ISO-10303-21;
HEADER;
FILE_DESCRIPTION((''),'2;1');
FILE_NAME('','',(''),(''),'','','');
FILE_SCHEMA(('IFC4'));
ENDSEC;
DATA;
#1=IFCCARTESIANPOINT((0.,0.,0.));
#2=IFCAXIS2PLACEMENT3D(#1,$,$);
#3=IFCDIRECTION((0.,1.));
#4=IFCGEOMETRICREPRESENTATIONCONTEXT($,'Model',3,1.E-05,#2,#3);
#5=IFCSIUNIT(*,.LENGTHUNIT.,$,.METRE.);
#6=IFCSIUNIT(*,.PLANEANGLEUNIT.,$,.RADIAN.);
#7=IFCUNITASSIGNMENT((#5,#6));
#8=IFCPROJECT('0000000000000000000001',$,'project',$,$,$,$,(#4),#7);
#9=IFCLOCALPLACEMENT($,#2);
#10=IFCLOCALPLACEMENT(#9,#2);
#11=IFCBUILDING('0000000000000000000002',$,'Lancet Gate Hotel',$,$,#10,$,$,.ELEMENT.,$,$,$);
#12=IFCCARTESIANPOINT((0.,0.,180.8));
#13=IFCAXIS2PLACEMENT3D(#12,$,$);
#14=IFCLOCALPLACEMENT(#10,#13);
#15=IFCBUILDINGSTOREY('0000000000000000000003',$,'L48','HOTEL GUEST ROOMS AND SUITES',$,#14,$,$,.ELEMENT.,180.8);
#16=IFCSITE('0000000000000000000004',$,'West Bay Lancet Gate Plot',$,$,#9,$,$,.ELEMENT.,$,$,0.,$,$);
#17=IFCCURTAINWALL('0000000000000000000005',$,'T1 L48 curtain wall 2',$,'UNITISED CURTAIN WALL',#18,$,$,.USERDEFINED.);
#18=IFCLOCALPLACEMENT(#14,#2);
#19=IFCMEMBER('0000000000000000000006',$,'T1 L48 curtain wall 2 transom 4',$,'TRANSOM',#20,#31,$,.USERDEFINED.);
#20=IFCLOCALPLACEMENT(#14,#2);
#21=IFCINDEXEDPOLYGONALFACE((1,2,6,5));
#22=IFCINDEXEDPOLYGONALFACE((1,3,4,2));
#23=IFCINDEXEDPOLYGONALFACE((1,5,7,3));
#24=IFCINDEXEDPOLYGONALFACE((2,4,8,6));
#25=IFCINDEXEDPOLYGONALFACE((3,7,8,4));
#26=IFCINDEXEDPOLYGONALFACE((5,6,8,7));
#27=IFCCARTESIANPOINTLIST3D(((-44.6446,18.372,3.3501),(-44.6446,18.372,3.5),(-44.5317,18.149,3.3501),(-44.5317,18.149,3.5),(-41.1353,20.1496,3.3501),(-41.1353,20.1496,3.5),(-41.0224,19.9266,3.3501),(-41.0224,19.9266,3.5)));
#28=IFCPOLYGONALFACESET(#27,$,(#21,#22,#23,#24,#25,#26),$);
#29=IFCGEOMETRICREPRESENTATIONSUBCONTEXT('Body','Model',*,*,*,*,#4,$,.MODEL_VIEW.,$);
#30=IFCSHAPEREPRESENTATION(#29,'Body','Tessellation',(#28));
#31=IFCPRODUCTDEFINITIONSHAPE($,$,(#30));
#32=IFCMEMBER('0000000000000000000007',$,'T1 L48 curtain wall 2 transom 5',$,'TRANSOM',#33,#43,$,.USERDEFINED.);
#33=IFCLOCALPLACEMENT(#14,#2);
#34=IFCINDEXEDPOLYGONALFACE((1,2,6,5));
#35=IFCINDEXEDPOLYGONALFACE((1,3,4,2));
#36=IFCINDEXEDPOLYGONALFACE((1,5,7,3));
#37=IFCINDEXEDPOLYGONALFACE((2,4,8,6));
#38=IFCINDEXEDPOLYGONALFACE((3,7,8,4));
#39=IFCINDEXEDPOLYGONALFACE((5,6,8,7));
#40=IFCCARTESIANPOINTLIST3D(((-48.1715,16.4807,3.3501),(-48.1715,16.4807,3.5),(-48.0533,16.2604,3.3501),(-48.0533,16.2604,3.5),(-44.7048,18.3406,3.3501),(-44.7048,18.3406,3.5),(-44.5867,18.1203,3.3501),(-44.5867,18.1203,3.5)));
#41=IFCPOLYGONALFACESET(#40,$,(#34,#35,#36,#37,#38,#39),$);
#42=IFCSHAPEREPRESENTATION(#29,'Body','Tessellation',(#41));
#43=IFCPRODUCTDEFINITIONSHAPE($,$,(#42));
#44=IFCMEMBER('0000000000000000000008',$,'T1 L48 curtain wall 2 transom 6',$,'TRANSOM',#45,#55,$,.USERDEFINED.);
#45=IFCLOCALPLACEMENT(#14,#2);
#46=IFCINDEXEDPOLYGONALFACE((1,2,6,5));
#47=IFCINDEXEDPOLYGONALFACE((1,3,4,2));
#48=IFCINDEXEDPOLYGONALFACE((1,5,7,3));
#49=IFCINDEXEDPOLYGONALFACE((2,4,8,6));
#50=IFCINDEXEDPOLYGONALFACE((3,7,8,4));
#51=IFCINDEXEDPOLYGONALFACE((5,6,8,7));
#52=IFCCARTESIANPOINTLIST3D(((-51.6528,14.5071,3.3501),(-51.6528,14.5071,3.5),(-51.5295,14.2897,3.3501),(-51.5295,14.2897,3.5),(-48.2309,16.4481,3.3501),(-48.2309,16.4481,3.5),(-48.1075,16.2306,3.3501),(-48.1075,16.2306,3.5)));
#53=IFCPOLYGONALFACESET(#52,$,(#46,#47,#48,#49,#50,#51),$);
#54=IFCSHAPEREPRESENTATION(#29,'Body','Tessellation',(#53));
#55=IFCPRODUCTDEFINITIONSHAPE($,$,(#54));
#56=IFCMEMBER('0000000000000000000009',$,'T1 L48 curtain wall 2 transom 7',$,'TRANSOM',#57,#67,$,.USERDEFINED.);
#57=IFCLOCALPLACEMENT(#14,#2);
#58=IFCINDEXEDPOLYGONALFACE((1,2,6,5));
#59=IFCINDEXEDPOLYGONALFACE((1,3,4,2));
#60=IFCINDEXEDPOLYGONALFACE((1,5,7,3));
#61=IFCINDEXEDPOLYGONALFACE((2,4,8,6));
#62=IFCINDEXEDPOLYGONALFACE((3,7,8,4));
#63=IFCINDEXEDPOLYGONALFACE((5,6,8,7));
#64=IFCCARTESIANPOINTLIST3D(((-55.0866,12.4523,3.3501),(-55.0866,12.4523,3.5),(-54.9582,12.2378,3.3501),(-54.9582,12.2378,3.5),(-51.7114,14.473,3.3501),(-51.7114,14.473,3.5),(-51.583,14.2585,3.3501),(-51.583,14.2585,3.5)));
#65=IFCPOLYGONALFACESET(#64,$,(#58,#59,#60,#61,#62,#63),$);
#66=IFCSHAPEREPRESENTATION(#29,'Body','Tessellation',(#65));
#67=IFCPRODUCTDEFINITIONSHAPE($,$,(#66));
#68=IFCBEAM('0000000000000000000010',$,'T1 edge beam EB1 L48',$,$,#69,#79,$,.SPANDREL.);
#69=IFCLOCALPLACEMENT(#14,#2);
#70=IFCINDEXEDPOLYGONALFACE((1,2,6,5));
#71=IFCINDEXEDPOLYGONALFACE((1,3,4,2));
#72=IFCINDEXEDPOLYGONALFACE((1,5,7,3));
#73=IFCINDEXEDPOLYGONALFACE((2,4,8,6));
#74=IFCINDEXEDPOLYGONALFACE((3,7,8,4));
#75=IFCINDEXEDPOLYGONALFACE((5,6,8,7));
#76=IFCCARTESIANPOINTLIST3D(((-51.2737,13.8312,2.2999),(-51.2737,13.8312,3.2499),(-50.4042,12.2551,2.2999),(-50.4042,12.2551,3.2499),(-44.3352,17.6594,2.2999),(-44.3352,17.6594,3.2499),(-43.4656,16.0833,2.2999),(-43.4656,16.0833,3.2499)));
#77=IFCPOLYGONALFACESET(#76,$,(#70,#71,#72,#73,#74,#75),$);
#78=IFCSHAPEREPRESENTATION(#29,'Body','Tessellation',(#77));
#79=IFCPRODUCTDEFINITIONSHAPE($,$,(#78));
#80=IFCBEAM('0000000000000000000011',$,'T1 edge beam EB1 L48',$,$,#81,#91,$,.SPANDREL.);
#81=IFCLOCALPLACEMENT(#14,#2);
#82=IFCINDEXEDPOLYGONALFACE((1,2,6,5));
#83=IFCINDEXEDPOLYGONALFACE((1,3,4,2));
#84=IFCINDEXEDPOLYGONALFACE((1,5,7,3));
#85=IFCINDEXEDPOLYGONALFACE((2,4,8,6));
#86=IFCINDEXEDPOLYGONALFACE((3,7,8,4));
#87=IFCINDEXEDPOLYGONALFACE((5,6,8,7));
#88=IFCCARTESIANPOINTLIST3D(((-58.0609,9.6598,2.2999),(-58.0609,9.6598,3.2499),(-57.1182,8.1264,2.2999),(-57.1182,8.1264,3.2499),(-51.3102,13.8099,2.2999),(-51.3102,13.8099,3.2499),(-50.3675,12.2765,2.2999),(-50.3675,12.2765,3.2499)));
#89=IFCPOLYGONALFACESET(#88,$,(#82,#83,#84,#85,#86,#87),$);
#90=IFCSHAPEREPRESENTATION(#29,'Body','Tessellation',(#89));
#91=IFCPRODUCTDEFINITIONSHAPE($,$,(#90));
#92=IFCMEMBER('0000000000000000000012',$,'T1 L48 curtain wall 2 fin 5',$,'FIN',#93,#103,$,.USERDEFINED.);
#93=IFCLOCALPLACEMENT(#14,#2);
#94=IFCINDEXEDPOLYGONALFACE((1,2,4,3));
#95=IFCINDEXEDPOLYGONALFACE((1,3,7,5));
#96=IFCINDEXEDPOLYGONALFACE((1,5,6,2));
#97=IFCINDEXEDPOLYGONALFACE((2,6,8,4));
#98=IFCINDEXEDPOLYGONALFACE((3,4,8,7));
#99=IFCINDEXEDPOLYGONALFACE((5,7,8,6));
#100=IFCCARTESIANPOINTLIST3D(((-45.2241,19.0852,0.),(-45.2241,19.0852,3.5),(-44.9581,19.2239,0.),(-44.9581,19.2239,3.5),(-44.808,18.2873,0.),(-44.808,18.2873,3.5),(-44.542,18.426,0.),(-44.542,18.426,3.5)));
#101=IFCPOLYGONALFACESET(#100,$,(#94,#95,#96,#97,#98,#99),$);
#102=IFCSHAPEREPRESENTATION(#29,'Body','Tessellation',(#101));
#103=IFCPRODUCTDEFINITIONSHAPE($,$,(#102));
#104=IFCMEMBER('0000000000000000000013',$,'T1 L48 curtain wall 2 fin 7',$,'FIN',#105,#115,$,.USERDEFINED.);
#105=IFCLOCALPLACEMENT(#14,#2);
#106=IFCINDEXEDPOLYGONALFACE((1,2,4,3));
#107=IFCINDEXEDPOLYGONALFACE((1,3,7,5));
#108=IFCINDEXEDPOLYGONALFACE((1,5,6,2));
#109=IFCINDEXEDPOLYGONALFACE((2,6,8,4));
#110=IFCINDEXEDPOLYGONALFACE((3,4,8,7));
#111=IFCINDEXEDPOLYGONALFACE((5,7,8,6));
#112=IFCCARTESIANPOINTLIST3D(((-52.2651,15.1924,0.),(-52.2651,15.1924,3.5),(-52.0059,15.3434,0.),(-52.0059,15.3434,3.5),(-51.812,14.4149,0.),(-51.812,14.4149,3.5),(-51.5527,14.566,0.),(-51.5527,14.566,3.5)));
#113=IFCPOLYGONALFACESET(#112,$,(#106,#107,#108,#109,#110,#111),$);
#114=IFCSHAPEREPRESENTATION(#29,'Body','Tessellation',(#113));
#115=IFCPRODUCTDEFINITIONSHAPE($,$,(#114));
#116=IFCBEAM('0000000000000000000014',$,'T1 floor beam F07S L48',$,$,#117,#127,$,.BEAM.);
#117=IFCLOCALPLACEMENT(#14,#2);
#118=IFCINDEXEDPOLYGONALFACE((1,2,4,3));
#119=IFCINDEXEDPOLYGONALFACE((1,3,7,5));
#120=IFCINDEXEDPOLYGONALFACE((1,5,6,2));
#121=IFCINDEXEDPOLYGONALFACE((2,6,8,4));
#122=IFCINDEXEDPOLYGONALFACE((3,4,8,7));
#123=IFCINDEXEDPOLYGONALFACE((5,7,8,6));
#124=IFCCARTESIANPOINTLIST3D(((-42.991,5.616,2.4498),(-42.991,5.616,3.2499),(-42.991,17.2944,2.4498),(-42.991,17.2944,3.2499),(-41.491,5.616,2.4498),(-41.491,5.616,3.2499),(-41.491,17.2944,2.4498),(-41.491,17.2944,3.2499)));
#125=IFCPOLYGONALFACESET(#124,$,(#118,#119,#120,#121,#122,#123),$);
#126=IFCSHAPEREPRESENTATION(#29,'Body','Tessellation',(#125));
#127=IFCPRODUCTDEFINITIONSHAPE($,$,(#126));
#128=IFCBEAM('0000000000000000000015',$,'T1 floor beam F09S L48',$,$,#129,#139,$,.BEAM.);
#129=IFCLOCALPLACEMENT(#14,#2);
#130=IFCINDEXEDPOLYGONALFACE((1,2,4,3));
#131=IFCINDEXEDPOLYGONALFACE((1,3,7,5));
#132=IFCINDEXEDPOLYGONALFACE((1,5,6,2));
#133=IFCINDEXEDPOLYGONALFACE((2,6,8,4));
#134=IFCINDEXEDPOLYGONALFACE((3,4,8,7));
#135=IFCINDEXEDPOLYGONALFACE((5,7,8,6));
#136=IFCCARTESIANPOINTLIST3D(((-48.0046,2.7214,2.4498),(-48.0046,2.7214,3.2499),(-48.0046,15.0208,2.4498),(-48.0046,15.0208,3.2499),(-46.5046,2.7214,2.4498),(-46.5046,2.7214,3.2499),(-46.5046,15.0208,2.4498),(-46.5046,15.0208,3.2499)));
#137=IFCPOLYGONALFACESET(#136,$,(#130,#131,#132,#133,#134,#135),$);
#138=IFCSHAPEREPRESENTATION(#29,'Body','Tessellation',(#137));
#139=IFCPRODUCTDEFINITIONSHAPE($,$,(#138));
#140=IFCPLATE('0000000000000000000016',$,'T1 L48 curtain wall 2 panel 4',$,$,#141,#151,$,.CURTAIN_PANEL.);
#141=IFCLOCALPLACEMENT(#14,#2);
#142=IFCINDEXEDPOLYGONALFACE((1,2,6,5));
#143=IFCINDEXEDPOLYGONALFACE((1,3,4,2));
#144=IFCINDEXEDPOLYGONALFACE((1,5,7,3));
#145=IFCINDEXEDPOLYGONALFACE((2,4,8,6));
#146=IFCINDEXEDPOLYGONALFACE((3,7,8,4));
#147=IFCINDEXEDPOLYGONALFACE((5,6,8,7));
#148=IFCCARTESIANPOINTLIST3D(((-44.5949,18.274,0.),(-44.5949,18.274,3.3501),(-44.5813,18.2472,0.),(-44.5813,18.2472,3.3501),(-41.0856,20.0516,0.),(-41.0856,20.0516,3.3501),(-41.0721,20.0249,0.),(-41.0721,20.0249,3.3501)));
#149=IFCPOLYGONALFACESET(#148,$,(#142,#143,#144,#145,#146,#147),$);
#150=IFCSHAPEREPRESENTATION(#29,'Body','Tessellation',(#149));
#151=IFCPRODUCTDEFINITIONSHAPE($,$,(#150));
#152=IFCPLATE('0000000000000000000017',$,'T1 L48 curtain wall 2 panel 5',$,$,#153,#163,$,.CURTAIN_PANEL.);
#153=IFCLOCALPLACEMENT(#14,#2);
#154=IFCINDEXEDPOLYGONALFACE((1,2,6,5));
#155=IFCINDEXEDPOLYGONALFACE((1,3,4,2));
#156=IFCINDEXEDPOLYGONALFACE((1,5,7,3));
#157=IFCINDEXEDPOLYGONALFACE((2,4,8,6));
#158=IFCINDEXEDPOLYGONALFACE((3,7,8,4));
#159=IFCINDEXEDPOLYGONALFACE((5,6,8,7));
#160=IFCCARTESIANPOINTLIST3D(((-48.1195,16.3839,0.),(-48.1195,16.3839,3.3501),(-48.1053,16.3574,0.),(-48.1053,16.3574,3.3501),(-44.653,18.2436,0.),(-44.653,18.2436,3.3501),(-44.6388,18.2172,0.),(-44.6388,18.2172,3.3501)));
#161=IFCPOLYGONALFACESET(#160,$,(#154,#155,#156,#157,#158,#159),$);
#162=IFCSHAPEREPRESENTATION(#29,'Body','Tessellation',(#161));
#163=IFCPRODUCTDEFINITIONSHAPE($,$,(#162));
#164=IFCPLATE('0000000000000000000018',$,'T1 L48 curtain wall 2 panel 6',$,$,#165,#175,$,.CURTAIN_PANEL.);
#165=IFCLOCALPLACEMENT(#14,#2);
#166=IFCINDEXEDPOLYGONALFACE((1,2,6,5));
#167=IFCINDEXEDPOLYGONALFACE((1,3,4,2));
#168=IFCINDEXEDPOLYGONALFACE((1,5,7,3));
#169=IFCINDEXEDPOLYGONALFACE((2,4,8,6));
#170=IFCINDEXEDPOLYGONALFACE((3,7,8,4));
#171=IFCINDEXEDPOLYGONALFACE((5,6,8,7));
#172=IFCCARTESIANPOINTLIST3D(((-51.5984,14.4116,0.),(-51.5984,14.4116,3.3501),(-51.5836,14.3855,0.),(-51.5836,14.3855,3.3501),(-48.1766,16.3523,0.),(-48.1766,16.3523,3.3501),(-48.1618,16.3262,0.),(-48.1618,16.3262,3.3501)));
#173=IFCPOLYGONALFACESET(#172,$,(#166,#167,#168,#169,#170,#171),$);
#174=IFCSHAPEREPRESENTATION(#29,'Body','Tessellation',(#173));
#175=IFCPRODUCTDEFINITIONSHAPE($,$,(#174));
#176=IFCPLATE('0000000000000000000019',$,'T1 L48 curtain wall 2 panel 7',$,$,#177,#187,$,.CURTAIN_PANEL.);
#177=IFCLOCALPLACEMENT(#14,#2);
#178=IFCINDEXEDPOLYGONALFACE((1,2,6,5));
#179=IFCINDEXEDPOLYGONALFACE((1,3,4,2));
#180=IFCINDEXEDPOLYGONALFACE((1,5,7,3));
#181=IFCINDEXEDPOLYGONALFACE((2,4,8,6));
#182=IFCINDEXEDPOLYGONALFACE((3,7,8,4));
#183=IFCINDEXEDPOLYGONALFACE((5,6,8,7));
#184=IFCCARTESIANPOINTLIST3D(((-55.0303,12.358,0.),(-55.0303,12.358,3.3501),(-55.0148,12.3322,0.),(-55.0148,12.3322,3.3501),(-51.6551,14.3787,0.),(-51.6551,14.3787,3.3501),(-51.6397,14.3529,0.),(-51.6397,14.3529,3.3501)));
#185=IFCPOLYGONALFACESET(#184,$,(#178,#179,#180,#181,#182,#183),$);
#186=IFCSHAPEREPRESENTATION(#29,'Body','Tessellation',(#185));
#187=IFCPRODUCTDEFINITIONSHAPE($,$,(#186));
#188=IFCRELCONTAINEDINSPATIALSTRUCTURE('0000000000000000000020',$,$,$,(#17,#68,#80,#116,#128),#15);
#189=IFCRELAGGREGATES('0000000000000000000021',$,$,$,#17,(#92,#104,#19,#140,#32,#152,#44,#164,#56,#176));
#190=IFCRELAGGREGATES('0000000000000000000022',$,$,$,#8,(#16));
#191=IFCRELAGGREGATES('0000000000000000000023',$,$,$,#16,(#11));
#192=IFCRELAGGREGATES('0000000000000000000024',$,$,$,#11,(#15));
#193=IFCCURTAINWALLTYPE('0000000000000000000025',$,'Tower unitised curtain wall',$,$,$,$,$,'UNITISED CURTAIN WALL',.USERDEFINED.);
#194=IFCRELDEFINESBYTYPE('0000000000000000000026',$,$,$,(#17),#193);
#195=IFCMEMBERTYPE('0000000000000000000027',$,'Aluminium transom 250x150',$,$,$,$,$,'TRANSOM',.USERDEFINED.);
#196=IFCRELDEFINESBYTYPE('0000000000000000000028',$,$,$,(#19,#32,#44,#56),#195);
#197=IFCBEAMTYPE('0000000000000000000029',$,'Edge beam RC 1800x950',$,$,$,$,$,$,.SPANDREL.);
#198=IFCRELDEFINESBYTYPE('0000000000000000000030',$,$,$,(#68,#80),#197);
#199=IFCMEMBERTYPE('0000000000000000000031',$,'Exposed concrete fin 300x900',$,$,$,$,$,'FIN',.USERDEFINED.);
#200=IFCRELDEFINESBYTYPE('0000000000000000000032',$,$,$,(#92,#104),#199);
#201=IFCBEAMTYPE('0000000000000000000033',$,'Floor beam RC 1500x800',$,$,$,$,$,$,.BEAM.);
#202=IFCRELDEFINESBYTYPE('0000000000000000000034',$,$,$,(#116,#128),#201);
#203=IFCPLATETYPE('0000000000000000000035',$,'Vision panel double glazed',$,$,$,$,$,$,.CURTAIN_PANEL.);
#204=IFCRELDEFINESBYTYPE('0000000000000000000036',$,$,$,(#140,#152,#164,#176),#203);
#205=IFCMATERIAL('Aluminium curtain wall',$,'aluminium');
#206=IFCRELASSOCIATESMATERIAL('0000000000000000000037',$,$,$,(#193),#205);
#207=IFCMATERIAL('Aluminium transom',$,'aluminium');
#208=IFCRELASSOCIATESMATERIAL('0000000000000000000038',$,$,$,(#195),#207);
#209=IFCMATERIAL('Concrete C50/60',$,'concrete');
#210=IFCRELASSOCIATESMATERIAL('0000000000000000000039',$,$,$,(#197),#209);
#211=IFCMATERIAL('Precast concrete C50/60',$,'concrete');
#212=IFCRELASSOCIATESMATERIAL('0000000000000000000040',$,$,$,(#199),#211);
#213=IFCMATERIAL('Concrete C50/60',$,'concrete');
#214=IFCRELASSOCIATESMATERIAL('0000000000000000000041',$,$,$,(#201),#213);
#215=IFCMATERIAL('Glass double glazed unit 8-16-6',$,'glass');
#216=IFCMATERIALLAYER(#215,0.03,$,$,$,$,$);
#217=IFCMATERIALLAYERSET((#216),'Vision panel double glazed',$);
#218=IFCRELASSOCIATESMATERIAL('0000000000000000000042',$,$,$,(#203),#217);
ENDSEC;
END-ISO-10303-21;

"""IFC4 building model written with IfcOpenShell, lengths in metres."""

from ifc_helpers import new_model, si_unit, direction, frame, origin, origin_2d, place, context, subcontext, project, spatial, rectangle, extrude, material, layer, layer_set, material_profile, profile_set, type_object, element, aggregate, save


model = new_model("IFC4")

# Units and contexts
model_context = context("Model", 3, precision=1e-05, world=origin(), true_north=direction((0.0, 1.0)))
body_context = subcontext(model_context, "Body", "Model", "MODEL_VIEW")
ifc_project = project(units=[si_unit("LENGTHUNIT", "METRE"), si_unit("PLANEANGLEUNIT", "RADIAN")], contexts=[model_context])

# Site, building, storey
site_placement = place(None, origin())
site = spatial("IfcSite", under=ifc_project, at=site_placement, Name="West Bay Lancet Gate Plot", CompositionType="ELEMENT", RefElevation=0.0)
building_placement = place(site_placement, origin())
building = spatial("IfcBuilding", under=site, at=building_placement, Name="Lancet Gate Hotel", CompositionType="ELEMENT")
storey_placement = place(building_placement, frame((0.0, 0.0, 180.8)))
storey = spatial("IfcBuildingStorey", under=building, at=storey_placement, Name="L48", Description="HOTEL GUEST ROOMS AND SUITES", CompositionType="ELEMENT", Elevation=180.8)

# Curtain wall, members
ifc_material_1 = material(Name="Aluminium curtain wall", Category="aluminium")
curtain_wall_type = type_object("IfcCurtainWallType", Name="Tower unitised curtain wall", ElementType="UNITISED CURTAIN WALL", PredefinedType="USERDEFINED", material=ifc_material_1)
curtain_wall_placement = place(storey_placement, origin())
curtain_wall = element("IfcCurtainWall", 1, at=curtain_wall_placement, inside=storey, type_object=curtain_wall_type, Name="T1 L48 curtain wall 2", ObjectType="UNITISED CURTAIN WALL", PredefinedType="USERDEFINED")
ifc_material_2 = material(Name="Aluminium transom", Category="aluminium")
ifc_material_profile_1 = material_profile(ifc_material_2, rectangle(XDim=0.25, YDim=0.1499, at=origin_2d()), Name="TRANSOM 250x150")
ifc_profile_set_1 = profile_set([ifc_material_profile_1], Name="Aluminium transom")
member_type_1 = type_object("IfcMemberType", Name="Aluminium transom 250x150", ElementType="TRANSOM", PredefinedType="USERDEFINED", material=ifc_profile_set_1)
member_1_placement = place(storey_placement, frame((-41.0789, 20.0381, 3.425), z_axis=(-0.892081, -0.451875, 0.0), x_axis=(0.451875, -0.892081, 0.0)))
member_1 = element("IfcMember", 2, at=member_1_placement, type_object=member_type_1, Name="T1 L48 curtain wall 2 transom 4", ObjectType="TRANSOM", PredefinedType="USERDEFINED", context=body_context, shape_type="SweptSolid", body=[
    extrude(rectangle(XDim=0.25, YDim=0.1499, at=origin_2d()), origin(), (0.0, 0.0, 1.0), 3.9338),
])
member_2_placement = place(storey_placement, frame((-44.6458, 18.2305, 3.425), z_axis=(-0.881185, -0.472771, 0.0), x_axis=(0.472771, -0.881185, 0.0)))
member_2 = element("IfcMember", 3, at=member_2_placement, type_object=member_type_1, Name="T1 L48 curtain wall 2 transom 5", ObjectType="TRANSOM", PredefinedType="USERDEFINED", context=body_context, shape_type="SweptSolid", body=[
    extrude(rectangle(XDim=0.25, YDim=0.1499, at=origin_2d()), origin(), (0.0, 0.0, 1.0), 3.9341),
])
member_3_placement = place(storey_placement, frame((-48.1692, 16.3394, 3.425), z_axis=(-0.86982, -0.49337, 0.0), x_axis=(0.49337, -0.86982, 0.0)))
member_3 = element("IfcMember", 4, at=member_3_placement, type_object=member_type_1, Name="T1 L48 curtain wall 2 transom 6", ObjectType="TRANSOM", PredefinedType="USERDEFINED", context=body_context, shape_type="SweptSolid", body=[
    extrude(rectangle(XDim=0.25, YDim=0.1499, at=origin_2d()), origin(), (0.0, 0.0, 1.0), 3.9341),
])
member_4_placement = place(storey_placement, frame((-51.6472, 14.3657, 3.425), z_axis=(-0.857985, -0.513674, 0.0), x_axis=(0.513674, -0.857985, 0.0)))
member_4 = element("IfcMember", 5, at=member_4_placement, type_object=member_type_1, Name="T1 L48 curtain wall 2 transom 7", ObjectType="TRANSOM", PredefinedType="USERDEFINED", context=body_context, shape_type="SweptSolid", body=[
    extrude(rectangle(XDim=0.25, YDim=0.1499, at=origin_2d()), origin(), (0.0, 0.0, 1.0), 3.9338),
])

# Beams
ifc_material_3 = material(Name="Concrete C50/60", Category="concrete")
ifc_material_profile_2 = material_profile(ifc_material_3, rectangle(XDim=1.8, YDim=0.95, at=origin_2d()), Name="RC 1800x950")
ifc_profile_set_2 = profile_set([ifc_material_profile_2], Name="Concrete C50/60")
beam_type_1 = type_object("IfcBeamType", Name="Edge beam RC 1800x950", PredefinedType="SPANDREL", material=ifc_profile_set_2)
beam_1_placement = place(storey_placement, frame((-43.9004, 16.8713, 2.7749), z_axis=(-0.875578, -0.483077, 0.0), x_axis=(0.483077, -0.875578, 0.0)))
element("IfcBeam", 6, at=beam_1_placement, inside=storey, type_object=beam_type_1, Name="T1 edge beam EB1 L48", PredefinedType="SPANDREL", context=body_context, shape_type="SweptSolid", body=[
    extrude(rectangle(XDim=1.8, YDim=0.95, at=origin_2d()), origin(), (0.0, 0.0, 1.0), 7.9246),
])
beam_2_placement = place(storey_placement, frame((-50.8389, 13.0432, 2.7749), z_axis=(-0.851892, -0.523717, 0.0), x_axis=(0.523717, -0.851892, 0.0)))
element("IfcBeam", 7, at=beam_2_placement, inside=storey, type_object=beam_type_1, Name="T1 edge beam EB1 L48", PredefinedType="SPANDREL", context=body_context, shape_type="SweptSolid", body=[
    extrude(rectangle(XDim=1.8, YDim=0.95, at=origin_2d()), origin(), (0.0, 0.0, 1.0), 7.9243),
])

# Members
ifc_material_4 = material(Name="Precast concrete C50/60", Category="concrete")
ifc_material_profile_3 = material_profile(ifc_material_4, rectangle(XDim=0.3, YDim=0.8999, at=origin_2d()), Name="FIN 300x900")
ifc_profile_set_3 = profile_set([ifc_material_profile_3], Name="Precast concrete C50/60")
member_type_2 = type_object("IfcMemberType", Name="Exposed concrete fin 300x900", ElementType="FIN", PredefinedType="USERDEFINED", material=ifc_profile_set_3)
member_5_placement = place(storey_placement, frame((-44.8831, 18.7556, 0.0), z_axis=(0.0, 0.0, 1.0), x_axis=(-0.886694, -0.462356, 0.0)))
member_5 = element("IfcMember", 8, at=member_5_placement, type_object=member_type_2, Name="T1 L48 curtain wall 2 fin 5", ObjectType="FIN", PredefinedType="USERDEFINED", context=body_context, shape_type="SweptSolid", body=[
    extrude(rectangle(XDim=0.3, YDim=0.8999, at=origin_2d()), origin(), (0.0, 0.0, 1.0), 3.5),
])
member_6_placement = place(storey_placement, frame((-51.9089, 14.8792, 0.0), z_axis=(0.0, 0.0, 1.0), x_axis=(-0.863969, -0.503545, 0.0)))
member_6 = element("IfcMember", 9, at=member_6_placement, type_object=member_type_2, Name="T1 L48 curtain wall 2 fin 7", ObjectType="FIN", PredefinedType="USERDEFINED", context=body_context, shape_type="SweptSolid", body=[
    extrude(rectangle(XDim=0.3, YDim=0.8999, at=origin_2d()), origin(), (0.0, 0.0, 1.0), 3.5),
])

# Beams
ifc_material_5 = material(Name="Concrete C50/60", Category="concrete")
ifc_material_profile_4 = material_profile(ifc_material_5, rectangle(XDim=1.5, YDim=0.8, at=origin_2d()), Name="RC 1500x800")
ifc_profile_set_4 = profile_set([ifc_material_profile_4], Name="Concrete C50/60")
beam_type_2 = type_object("IfcBeamType", Name="Floor beam RC 1500x800", PredefinedType="BEAM", material=ifc_profile_set_4)
beam_3_placement = place(storey_placement, frame((-42.241, 17.2944, 2.8499), z_axis=(0.0, -1.0, 0.0), x_axis=(1.0, 0.0, 0.0)))
element("IfcBeam", 10, at=beam_3_placement, inside=storey, type_object=beam_type_2, Name="T1 floor beam F07S L48", PredefinedType="BEAM", context=body_context, shape_type="SweptSolid", body=[
    extrude(rectangle(XDim=1.5, YDim=0.8, at=origin_2d()), origin(), (0.0, 0.0, 1.0), 11.6785),
])
beam_4_placement = place(storey_placement, frame((-47.2546, 15.0208, 2.8499), z_axis=(0.0, -1.0, 0.0), x_axis=(1.0, 0.0, 0.0)))
element("IfcBeam", 11, at=beam_4_placement, inside=storey, type_object=beam_type_2, Name="T1 floor beam F09S L48", PredefinedType="BEAM", context=body_context, shape_type="SweptSolid", body=[
    extrude(rectangle(XDim=1.5, YDim=0.8, at=origin_2d()), origin(), (0.0, 0.0, 1.0), 12.2993),
])

# Plates
ifc_material_6 = material(Name="Glass double glazed unit 8-16-6", Category="glass")
ifc_layer_1 = layer(ifc_material_6, 0.03)
ifc_layer_set_1 = layer_set([ifc_layer_1], Name="Vision panel double glazed")
plate_type = type_object("IfcPlateType", Name="Vision panel double glazed", PredefinedType="CURTAIN_PANEL", material=ifc_layer_set_1)
plate_1_placement = place(storey_placement, frame((-42.8335, 19.1494, 0.0), z_axis=(0.0, 0.0, 1.0), x_axis=(-0.892071, -0.451895, 0.0)))
plate_1 = element("IfcPlate", 12, at=plate_1_placement, type_object=plate_type, Name="T1 L48 curtain wall 2 panel 4", PredefinedType="CURTAIN_PANEL", context=body_context, shape_type="SweptSolid", body=[
    extrude(rectangle(XDim=3.9338, YDim=0.03, at=origin_2d()), origin(), (0.0, 0.0, 1.0), 3.3501),
])
plate_2_placement = place(storey_placement, frame((-46.3792, 17.3005, 0.0), z_axis=(0.0, 0.0, 1.0), x_axis=(-0.881195, -0.472753, 0.0)))
plate_2 = element("IfcPlate", 13, at=plate_2_placement, type_object=plate_type, Name="T1 L48 curtain wall 2 panel 5", PredefinedType="CURTAIN_PANEL", context=body_context, shape_type="SweptSolid", body=[
    extrude(rectangle(XDim=3.9338, YDim=0.03, at=origin_2d()), origin(), (0.0, 0.0, 1.0), 3.3501),
])
plate_3_placement = place(storey_placement, frame((-49.8801, 15.3689, 0.0), z_axis=(0.0, 0.0, 1.0), x_axis=(-0.869831, -0.493349, 0.0)))
plate_3 = element("IfcPlate", 14, at=plate_3_placement, type_object=plate_type, Name="T1 L48 curtain wall 2 panel 6", PredefinedType="CURTAIN_PANEL", context=body_context, shape_type="SweptSolid", body=[
    extrude(rectangle(XDim=3.9338, YDim=0.03, at=origin_2d()), origin(), (0.0, 0.0, 1.0), 3.3501),
])
plate_4_placement = place(storey_placement, frame((-53.335, 13.3555, 0.0), z_axis=(0.0, 0.0, 1.0), x_axis=(-0.857987, -0.513672, 0.0)))
plate_4 = element("IfcPlate", 15, at=plate_4_placement, type_object=plate_type, Name="T1 L48 curtain wall 2 panel 7", PredefinedType="CURTAIN_PANEL", context=body_context, shape_type="SweptSolid", body=[
    extrude(rectangle(XDim=3.9338, YDim=0.03, at=origin_2d()), origin(), (0.0, 0.0, 1.0), 3.3501),
])
aggregate(curtain_wall, [member_5, member_6, member_1, plate_1, member_2, plate_2, member_3, plate_3, member_4, plate_4])

save(model, "model.ifc")
